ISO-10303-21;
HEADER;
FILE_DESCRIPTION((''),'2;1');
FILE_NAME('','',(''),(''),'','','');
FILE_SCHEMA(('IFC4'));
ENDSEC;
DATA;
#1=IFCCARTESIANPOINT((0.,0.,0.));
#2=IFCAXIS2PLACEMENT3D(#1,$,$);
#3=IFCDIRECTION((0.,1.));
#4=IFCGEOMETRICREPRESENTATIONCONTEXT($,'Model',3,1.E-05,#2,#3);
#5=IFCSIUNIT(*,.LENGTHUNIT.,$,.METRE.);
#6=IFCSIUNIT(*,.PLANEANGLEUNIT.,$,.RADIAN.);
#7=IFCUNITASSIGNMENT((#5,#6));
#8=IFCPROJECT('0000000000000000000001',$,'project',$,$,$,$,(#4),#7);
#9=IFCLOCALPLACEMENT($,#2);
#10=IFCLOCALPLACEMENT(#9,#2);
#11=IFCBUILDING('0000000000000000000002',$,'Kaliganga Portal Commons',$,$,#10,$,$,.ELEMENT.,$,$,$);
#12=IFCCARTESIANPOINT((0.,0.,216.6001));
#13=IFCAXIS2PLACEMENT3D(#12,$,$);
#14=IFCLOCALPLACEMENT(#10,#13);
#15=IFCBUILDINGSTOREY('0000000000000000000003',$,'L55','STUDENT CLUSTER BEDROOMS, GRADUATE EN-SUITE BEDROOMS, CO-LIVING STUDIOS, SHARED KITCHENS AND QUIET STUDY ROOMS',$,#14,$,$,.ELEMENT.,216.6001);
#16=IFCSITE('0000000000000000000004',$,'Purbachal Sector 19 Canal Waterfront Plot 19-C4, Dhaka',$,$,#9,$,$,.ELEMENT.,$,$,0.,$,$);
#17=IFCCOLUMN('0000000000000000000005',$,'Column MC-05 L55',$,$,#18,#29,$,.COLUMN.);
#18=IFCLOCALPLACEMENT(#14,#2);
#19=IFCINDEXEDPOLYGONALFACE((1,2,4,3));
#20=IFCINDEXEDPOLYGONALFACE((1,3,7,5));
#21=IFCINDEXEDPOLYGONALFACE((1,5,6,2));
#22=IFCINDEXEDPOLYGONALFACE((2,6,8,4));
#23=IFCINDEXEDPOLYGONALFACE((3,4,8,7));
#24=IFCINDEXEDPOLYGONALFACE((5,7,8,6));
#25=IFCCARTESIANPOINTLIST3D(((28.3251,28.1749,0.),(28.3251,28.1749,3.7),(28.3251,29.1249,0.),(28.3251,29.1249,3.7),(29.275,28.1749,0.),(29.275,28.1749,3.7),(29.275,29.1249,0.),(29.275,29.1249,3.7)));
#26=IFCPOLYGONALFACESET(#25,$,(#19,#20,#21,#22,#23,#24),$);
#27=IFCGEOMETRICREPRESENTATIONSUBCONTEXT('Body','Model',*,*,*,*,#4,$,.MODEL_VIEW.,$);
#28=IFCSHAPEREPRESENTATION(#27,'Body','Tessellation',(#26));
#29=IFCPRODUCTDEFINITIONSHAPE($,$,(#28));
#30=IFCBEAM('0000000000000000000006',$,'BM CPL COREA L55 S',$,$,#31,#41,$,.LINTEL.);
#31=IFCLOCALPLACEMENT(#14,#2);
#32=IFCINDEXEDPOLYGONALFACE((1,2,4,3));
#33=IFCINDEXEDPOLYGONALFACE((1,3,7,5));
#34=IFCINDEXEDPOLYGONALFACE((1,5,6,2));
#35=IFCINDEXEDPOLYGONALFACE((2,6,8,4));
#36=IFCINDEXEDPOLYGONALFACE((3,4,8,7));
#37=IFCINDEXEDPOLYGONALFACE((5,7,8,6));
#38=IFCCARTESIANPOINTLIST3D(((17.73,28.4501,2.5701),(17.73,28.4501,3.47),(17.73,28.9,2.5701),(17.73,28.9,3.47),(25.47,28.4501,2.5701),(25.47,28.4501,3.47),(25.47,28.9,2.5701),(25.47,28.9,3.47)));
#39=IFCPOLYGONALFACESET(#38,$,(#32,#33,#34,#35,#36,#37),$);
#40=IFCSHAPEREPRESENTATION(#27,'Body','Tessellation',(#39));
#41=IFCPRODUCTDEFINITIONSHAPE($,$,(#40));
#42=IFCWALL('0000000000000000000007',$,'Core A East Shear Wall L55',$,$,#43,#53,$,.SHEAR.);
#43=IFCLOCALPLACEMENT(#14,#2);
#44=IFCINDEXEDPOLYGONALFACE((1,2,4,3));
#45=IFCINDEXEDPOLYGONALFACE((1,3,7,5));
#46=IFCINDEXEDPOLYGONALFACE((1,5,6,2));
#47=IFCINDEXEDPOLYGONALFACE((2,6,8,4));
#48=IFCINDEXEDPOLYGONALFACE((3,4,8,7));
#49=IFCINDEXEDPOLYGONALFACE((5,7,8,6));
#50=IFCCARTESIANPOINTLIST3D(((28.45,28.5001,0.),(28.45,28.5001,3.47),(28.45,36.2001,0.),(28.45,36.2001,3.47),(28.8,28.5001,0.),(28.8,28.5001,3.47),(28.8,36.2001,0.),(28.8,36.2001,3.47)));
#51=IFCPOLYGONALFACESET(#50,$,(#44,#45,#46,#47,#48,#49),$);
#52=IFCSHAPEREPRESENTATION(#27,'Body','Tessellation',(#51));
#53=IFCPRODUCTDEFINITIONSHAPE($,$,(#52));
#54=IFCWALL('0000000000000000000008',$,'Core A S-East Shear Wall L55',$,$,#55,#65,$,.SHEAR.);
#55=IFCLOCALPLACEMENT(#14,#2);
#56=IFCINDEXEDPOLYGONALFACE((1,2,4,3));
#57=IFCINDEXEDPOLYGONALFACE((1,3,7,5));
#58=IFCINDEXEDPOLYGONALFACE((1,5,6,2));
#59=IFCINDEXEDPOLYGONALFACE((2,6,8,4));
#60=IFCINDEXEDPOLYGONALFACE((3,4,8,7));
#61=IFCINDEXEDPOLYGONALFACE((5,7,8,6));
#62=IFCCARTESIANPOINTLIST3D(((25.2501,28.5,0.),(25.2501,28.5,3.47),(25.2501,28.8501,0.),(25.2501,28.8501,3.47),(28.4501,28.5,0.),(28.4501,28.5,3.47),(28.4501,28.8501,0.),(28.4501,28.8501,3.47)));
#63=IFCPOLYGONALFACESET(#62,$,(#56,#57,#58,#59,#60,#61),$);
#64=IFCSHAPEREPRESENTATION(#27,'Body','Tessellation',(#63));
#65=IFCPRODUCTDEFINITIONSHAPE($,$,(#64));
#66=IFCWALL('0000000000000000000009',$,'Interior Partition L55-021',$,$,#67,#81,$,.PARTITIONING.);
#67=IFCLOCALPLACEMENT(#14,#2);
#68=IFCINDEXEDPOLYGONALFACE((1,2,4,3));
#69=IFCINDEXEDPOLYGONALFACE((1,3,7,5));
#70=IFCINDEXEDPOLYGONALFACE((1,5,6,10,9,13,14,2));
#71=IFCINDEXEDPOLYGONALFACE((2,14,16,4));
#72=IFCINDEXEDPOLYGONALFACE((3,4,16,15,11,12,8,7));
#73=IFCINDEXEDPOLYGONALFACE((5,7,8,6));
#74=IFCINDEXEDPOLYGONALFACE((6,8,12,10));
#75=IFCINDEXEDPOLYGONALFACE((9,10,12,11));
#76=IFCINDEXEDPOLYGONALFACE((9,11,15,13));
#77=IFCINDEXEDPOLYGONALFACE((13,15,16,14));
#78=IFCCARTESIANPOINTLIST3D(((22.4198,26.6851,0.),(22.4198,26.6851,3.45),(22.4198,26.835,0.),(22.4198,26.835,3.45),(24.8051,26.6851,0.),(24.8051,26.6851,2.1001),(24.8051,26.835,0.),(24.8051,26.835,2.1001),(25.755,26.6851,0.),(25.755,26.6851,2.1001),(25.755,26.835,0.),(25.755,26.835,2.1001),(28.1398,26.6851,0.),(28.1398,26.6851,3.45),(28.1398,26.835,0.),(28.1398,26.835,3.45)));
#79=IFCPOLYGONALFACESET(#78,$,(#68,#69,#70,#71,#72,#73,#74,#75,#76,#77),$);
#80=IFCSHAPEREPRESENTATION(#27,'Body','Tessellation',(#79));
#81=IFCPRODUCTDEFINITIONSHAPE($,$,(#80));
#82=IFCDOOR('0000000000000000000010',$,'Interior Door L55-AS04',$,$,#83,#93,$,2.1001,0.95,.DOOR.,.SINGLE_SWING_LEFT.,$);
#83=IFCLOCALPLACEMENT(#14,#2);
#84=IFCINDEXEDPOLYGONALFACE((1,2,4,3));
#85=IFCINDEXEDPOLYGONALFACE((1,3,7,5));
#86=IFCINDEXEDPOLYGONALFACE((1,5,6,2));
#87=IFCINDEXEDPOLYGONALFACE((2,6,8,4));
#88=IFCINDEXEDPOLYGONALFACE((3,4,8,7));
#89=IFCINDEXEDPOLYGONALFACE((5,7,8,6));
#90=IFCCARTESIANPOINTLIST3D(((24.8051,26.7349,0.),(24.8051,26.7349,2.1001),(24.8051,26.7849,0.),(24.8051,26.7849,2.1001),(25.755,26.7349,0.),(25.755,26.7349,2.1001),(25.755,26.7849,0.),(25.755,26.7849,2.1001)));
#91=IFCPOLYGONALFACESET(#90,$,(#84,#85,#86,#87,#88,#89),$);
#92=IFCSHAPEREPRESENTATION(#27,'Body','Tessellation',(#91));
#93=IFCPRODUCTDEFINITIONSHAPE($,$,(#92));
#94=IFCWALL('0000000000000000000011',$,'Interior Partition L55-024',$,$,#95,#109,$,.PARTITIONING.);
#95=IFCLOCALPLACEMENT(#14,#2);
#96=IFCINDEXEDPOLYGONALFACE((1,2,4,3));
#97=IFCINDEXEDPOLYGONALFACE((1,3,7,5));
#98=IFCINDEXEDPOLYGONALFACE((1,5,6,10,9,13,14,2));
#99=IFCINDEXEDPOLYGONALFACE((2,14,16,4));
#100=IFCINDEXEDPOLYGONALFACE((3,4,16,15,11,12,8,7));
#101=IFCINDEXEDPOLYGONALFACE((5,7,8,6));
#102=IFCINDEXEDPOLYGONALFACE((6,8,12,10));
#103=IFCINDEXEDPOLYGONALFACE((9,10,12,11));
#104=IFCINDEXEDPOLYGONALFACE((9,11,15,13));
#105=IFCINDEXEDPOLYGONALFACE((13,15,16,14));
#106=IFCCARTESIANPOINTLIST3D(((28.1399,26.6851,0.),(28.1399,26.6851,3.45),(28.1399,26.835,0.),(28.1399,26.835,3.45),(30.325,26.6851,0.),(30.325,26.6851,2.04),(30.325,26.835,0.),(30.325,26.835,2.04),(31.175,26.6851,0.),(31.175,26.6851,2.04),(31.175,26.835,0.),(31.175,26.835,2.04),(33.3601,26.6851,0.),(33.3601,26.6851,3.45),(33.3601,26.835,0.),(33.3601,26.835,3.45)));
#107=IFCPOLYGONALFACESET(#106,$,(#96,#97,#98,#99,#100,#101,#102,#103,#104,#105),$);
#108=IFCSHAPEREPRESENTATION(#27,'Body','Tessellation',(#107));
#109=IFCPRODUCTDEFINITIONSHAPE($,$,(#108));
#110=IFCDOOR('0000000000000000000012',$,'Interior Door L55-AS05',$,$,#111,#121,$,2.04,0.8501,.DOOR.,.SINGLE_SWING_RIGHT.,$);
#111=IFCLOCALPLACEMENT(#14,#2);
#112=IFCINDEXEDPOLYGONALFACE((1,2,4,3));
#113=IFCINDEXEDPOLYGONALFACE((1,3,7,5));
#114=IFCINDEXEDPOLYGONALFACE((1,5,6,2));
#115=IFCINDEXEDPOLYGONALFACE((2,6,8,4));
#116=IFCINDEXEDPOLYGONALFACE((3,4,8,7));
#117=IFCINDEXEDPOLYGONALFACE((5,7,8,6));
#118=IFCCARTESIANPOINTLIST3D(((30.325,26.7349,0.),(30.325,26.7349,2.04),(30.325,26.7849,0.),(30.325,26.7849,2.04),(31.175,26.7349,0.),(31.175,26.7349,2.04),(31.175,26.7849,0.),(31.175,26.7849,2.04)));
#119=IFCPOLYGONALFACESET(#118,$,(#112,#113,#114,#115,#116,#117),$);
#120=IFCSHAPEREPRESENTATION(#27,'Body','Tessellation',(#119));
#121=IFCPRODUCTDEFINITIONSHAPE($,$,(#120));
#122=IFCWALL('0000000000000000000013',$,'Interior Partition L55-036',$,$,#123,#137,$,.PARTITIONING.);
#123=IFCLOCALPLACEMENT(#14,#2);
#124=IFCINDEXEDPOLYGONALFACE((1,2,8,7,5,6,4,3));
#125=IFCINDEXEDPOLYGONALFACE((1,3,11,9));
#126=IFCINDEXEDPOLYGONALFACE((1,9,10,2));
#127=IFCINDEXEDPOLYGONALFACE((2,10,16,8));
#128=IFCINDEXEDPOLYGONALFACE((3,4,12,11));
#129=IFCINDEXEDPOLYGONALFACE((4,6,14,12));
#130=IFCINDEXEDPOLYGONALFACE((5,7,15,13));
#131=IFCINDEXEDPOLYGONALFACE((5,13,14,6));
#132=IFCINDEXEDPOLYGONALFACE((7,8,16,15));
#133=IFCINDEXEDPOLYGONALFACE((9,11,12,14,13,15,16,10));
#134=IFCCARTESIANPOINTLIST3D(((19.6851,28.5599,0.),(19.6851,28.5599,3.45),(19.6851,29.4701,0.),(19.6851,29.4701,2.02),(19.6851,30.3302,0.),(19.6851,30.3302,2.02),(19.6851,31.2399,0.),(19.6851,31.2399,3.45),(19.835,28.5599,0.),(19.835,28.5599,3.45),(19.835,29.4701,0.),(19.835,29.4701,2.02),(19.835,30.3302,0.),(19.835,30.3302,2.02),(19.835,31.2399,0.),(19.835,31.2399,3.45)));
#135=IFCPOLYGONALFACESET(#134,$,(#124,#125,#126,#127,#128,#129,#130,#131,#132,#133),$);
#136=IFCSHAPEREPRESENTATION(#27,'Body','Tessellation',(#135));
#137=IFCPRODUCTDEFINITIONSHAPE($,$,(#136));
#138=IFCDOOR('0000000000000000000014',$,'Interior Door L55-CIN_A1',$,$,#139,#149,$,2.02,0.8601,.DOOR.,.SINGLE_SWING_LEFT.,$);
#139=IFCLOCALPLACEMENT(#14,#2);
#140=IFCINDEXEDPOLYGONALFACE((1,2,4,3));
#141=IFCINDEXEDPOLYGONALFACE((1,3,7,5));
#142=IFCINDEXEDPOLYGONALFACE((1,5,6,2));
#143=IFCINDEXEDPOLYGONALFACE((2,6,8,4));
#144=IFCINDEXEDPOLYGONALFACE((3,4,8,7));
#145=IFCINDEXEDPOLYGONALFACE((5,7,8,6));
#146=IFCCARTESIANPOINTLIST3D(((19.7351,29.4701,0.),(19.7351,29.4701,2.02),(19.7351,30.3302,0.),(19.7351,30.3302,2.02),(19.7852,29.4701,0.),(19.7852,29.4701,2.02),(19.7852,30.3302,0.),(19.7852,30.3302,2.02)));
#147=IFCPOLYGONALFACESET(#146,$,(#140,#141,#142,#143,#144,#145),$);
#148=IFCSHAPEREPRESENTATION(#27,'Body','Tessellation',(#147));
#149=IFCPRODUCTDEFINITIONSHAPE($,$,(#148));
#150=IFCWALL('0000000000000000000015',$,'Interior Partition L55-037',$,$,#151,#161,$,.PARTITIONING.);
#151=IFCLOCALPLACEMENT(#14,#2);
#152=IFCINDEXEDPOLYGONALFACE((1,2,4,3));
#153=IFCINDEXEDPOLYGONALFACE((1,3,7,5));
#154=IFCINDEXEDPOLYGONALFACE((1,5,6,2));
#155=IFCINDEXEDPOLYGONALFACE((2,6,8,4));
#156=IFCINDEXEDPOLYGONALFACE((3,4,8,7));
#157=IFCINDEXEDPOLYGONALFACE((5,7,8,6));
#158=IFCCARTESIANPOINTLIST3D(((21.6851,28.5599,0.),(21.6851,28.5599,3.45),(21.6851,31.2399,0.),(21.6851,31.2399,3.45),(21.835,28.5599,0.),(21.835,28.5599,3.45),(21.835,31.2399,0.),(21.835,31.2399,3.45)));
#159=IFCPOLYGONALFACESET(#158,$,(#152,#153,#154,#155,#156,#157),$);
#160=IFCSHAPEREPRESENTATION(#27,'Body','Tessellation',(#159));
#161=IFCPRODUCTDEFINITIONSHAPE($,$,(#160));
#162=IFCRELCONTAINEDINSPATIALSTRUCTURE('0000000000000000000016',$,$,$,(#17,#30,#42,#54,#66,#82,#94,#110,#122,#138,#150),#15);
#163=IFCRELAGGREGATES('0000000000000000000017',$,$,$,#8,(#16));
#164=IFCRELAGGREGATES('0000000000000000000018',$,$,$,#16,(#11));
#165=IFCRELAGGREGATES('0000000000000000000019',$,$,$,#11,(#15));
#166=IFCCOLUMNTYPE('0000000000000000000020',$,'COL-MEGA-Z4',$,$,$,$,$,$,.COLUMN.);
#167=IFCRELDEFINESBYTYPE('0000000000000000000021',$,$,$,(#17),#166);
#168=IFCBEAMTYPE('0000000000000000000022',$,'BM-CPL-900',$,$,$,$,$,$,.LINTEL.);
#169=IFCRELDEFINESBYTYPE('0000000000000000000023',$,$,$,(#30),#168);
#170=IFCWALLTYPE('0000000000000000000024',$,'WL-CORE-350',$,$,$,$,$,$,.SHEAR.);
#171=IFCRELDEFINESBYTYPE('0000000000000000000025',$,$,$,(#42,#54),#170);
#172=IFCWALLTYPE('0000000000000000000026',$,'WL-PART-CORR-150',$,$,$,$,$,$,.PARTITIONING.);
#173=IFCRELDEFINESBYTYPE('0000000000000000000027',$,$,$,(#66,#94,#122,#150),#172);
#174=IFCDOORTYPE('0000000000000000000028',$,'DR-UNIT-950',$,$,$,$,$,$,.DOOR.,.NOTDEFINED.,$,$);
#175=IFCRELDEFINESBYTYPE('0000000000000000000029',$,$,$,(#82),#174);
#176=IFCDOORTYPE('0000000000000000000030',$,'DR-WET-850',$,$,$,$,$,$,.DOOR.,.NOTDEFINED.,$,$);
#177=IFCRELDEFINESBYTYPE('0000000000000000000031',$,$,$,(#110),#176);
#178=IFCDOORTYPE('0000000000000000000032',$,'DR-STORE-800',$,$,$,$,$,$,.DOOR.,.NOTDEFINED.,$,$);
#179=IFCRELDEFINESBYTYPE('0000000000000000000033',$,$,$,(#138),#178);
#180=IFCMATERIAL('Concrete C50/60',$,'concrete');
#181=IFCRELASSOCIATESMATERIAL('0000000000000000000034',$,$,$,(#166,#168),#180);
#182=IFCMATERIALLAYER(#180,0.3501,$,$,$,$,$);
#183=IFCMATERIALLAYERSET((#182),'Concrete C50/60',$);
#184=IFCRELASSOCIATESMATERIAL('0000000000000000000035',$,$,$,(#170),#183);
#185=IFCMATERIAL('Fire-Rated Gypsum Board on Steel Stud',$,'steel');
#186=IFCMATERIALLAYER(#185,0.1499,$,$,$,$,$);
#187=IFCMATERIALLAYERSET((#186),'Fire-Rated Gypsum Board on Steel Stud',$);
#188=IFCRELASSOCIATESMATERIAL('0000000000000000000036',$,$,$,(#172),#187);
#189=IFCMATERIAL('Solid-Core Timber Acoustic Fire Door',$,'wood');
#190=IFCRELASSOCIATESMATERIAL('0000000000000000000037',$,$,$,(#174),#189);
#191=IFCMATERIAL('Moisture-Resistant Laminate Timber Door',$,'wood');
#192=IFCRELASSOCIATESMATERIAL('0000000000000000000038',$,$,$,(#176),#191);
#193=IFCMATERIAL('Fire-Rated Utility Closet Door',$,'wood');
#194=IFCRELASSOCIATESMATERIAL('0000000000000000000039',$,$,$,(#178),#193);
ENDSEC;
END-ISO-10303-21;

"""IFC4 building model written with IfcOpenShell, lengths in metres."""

from ifc_helpers import new_model, si_unit, direction, frame, frame_2d, origin, origin_2d, place, context, subcontext, project, spatial, rectangle, extrude, source, transform, mapped, material, layer, layer_set, material_profile, profile_set, type_object, element, fill, save


model = new_model("IFC4")

# Units and contexts
model_context = context("Model", 3, precision=1e-05, world=origin(), true_north=direction((0.0, 1.0)))
body_context = subcontext(model_context, "Body", "Model", "MODEL_VIEW")
ifc_project = project(units=[si_unit("LENGTHUNIT", "METRE"), si_unit("PLANEANGLEUNIT", "RADIAN")], contexts=[model_context])

# Site, building, storey
site_placement = place(None, origin())
site = spatial("IfcSite", under=ifc_project, at=site_placement, Name="Purbachal Sector 19 Canal Waterfront Plot 19-C4, Dhaka", CompositionType="ELEMENT", RefElevation=0.0)
building_placement = place(site_placement, origin())
building = spatial("IfcBuilding", under=site, at=building_placement, Name="Kaliganga Portal Commons", CompositionType="ELEMENT")
storey_placement = place(building_placement, frame((0.0, 0.0, 216.6001)))
storey = spatial("IfcBuildingStorey", under=building, at=storey_placement, Name="L55", Description="STUDENT CLUSTER BEDROOMS, GRADUATE EN-SUITE BEDROOMS, CO-LIVING STUDIOS, SHARED KITCHENS AND QUIET STUDY ROOMS", CompositionType="ELEMENT", Elevation=216.6001)

# Column
ifc_material_1 = material(Name="Concrete C50/60", Category="concrete")
ifc_material_profile_1 = material_profile(ifc_material_1, rectangle(XDim=0.95, YDim=0.95, at=origin_2d()), Name="RC 950x950")
ifc_profile_set_1 = profile_set([ifc_material_profile_1], Name="Concrete C50/60")
column_type = type_object("IfcColumnType", Name="COL-MEGA-Z4", PredefinedType="COLUMN", material=ifc_profile_set_1)
shared_shape_1 = source(origin(), body_context, "Body", "SweptSolid", [
    extrude(rectangle(XDim=0.95, YDim=0.95, at=origin_2d()), origin(), (0.0, 0.0, 1.0), 3.7),
])
column_placement = place(storey_placement, frame((28.8, 28.6499, 0.0), z_axis=(0.0, 0.0, 1.0), x_axis=(1.0, 0.0, 0.0)))
element("IfcColumn", 1, at=column_placement, inside=storey, type_object=column_type, Name="Column MC-05 L55", PredefinedType="COLUMN", context=body_context, shape_type="MappedRepresentation", body=[
    mapped(shared_shape_1, transform((0.0, 0.0, 0.0), x_axis=(1.0, 0.0, 0.0), y_axis=(0.0, 1.0, 0.0), z_axis=(0.0, 0.0, 1.0), scale=1.0)),
])

# Beam
ifc_material_profile_2 = material_profile(ifc_material_1, rectangle(XDim=0.45, YDim=0.8999, at=origin_2d()), Name="RC 450x900")
ifc_profile_set_2 = profile_set([ifc_material_profile_2], Name="Concrete C50/60")
beam_type = type_object("IfcBeamType", Name="BM-CPL-900", PredefinedType="LINTEL", material=ifc_profile_set_2)
shared_shape_2 = source(origin(), body_context, "Body", "SweptSolid", [
    extrude(rectangle(XDim=0.45, YDim=0.8999, at=origin_2d()), origin(), (0.0, 0.0, 1.0), 7.74),
])
beam_placement = place(storey_placement, frame((17.73, 28.675, 3.02), z_axis=(1.0, 0.0, 0.0), x_axis=(0.0, 1.0, 0.0)))
element("IfcBeam", 2, at=beam_placement, inside=storey, type_object=beam_type, Name="BM CPL COREA L55 S", PredefinedType="LINTEL", context=body_context, shape_type="MappedRepresentation", body=[
    mapped(shared_shape_2, transform((0.0, 0.0, 0.0), x_axis=(1.0, 0.0, 0.0), y_axis=(0.0, 1.0, 0.0), z_axis=(0.0, 0.0, 1.0), scale=1.0)),
])

# Walls
ifc_layer_1 = layer(ifc_material_1, 0.3501)
ifc_layer_set_1 = layer_set([ifc_layer_1], Name="Concrete C50/60")
wall_type_1 = type_object("IfcWallType", Name="WL-CORE-350", PredefinedType="SHEAR", material=ifc_layer_set_1)
wall_1_placement = place(storey_placement, frame((28.625, 28.5, 0.0), z_axis=(0.0, 0.0, 1.0), x_axis=(0.0, 1.0, 0.0)))
element("IfcWall", 3, at=wall_1_placement, inside=storey, type_object=wall_type_1, Name="Core A East Shear Wall L55", PredefinedType="SHEAR", context=body_context, shape_type="SweptSolid", body=[
    extrude(rectangle(XDim=7.7, YDim=0.3501, at=frame_2d((3.8501, 0.0))), origin(), (0.0, 0.0, 1.0), 3.47),
])
wall_2_placement = place(storey_placement, frame((25.25, 28.675, 0.0), z_axis=(0.0, 0.0, 1.0), x_axis=(1.0, 0.0, 0.0)))
element("IfcWall", 4, at=wall_2_placement, inside=storey, type_object=wall_type_1, Name="Core A S-East Shear Wall L55", PredefinedType="SHEAR", context=body_context, shape_type="SweptSolid", body=[
    extrude(rectangle(XDim=3.2, YDim=0.3501, at=frame_2d((1.6001, 0.0))), origin(), (0.0, 0.0, 1.0), 3.47),
])

# Walls, openings, doors
ifc_material_2 = material(Name="Fire-Rated Gypsum Board on Steel Stud", Category="steel")
ifc_layer_2 = layer(ifc_material_2, 0.1499)
ifc_layer_set_2 = layer_set([ifc_layer_2], Name="Fire-Rated Gypsum Board on Steel Stud")
wall_type_2 = type_object("IfcWallType", Name="WL-PART-CORR-150", PredefinedType="PARTITIONING", material=ifc_layer_set_2)
wall_3_placement = place(storey_placement, frame((22.4199, 26.76, 0.0), z_axis=(0.0, 0.0, 1.0), x_axis=(1.0, 0.0, 0.0)))
wall_3 = element("IfcWall", 5, at=wall_3_placement, inside=storey, type_object=wall_type_2, Name="Interior Partition L55-021", PredefinedType="PARTITIONING", context=body_context, shape_type="SweptSolid", body=[
    extrude(rectangle(XDim=5.72, YDim=0.1499, at=frame_2d((2.8599, 0.0))), origin(), (0.0, 0.0, 1.0), 3.45),
])
opening_1_placement = place(wall_3_placement, frame((2.385, 0.0, 0.0)))
opening_1 = element("IfcOpeningElement", 6, at=opening_1_placement, cuts=wall_3, PredefinedType="OPENING", context=body_context, shape_type="SweptSolid", body=[
    extrude(rectangle(XDim=0.95, YDim=2.1001, at=frame_2d((0.4751, 1.05))), frame((0.0, 0.085, 0.0), z_axis=(0.0, -1.0, 0.0), x_axis=(1.0, 0.0, 0.0)), (0.0, 0.0, 1.0), 0.1699),
])
ifc_material_3 = material(Name="Solid-Core Timber Acoustic Fire Door", Category="wood")
door_type_1 = type_object("IfcDoorType", Name="DR-UNIT-950", OperationType="NOTDEFINED", PredefinedType="DOOR", material=ifc_material_3)
door_1_placement = place(opening_1_placement, origin())
door_1 = element("IfcDoor", 7, at=door_1_placement, inside=storey, type_object=door_type_1, Name="Interior Door L55-AS04", OperationType="SINGLE_SWING_LEFT", OverallHeight=2.1001, OverallWidth=0.95, PredefinedType="DOOR", context=body_context, shape_type="SweptSolid", body=[
    extrude(rectangle(XDim=0.95, YDim=2.1001, at=frame_2d((0.4751, 1.05))), frame((0.0, 0.0249, 0.0), z_axis=(0.0, -1.0, 0.0), x_axis=(1.0, 0.0, 0.0)), (0.0, 0.0, 1.0), 0.05),
])
fill(opening_1, door_1)
wall_4_placement = place(storey_placement, frame((28.1399, 26.76, 0.0), z_axis=(0.0, 0.0, 1.0), x_axis=(1.0, 0.0, 0.0)))
wall_4 = element("IfcWall", 8, at=wall_4_placement, inside=storey, type_object=wall_type_2, Name="Interior Partition L55-024", PredefinedType="PARTITIONING", context=body_context, shape_type="SweptSolid", body=[
    extrude(rectangle(XDim=5.2202, YDim=0.1499, at=frame_2d((2.6101, 0.0))), origin(), (0.0, 0.0, 1.0), 3.45),
])
opening_2_placement = place(wall_4_placement, frame((2.1851, 0.0, 0.0)))
opening_2 = element("IfcOpeningElement", 9, at=opening_2_placement, cuts=wall_4, PredefinedType="OPENING", context=body_context, shape_type="SweptSolid", body=[
    extrude(rectangle(XDim=0.8501, YDim=2.04, at=frame_2d((0.425, 1.02))), frame((0.0, 0.085, 0.0), z_axis=(0.0, -1.0, 0.0), x_axis=(1.0, 0.0, 0.0)), (0.0, 0.0, 1.0), 0.1699),
])
ifc_material_4 = material(Name="Moisture-Resistant Laminate Timber Door", Category="wood")
door_type_2 = type_object("IfcDoorType", Name="DR-WET-850", OperationType="NOTDEFINED", PredefinedType="DOOR", material=ifc_material_4)
door_2_placement = place(opening_2_placement, origin())
door_2 = element("IfcDoor", 10, at=door_2_placement, inside=storey, type_object=door_type_2, Name="Interior Door L55-AS05", OperationType="SINGLE_SWING_RIGHT", OverallHeight=2.04, OverallWidth=0.8501, PredefinedType="DOOR", context=body_context, shape_type="SweptSolid", body=[
    extrude(rectangle(XDim=0.8501, YDim=2.04, at=frame_2d((0.425, 1.02))), frame((0.0, 0.0249, 0.0), z_axis=(0.0, -1.0, 0.0), x_axis=(1.0, 0.0, 0.0)), (0.0, 0.0, 1.0), 0.05),
])
fill(opening_2, door_2)
wall_5_placement = place(storey_placement, frame((19.76, 28.5601, 0.0), z_axis=(0.0, 0.0, 1.0), x_axis=(0.0, 1.0, 0.0)))
wall_5 = element("IfcWall", 11, at=wall_5_placement, inside=storey, type_object=wall_type_2, Name="Interior Partition L55-036", PredefinedType="PARTITIONING", context=body_context, shape_type="SweptSolid", body=[
    extrude(rectangle(XDim=2.6799, YDim=0.1499, at=frame_2d((1.3398, 0.0))), origin(), (0.0, 0.0, 1.0), 3.45),
])
opening_3_placement = place(wall_5_placement, frame((0.9099, 0.0, 0.0)))
opening_3 = element("IfcOpeningElement", 12, at=opening_3_placement, cuts=wall_5, PredefinedType="OPENING", context=body_context, shape_type="SweptSolid", body=[
    extrude(rectangle(XDim=0.8601, YDim=2.02, at=frame_2d((0.4302, 1.01))), frame((0.0, 0.085, 0.0), z_axis=(0.0, -1.0, 0.0), x_axis=(1.0, 0.0, 0.0)), (0.0, 0.0, 1.0), 0.1699),
])
ifc_material_5 = material(Name="Fire-Rated Utility Closet Door", Category="wood")
door_type_3 = type_object("IfcDoorType", Name="DR-STORE-800", OperationType="NOTDEFINED", PredefinedType="DOOR", material=ifc_material_5)
door_3_placement = place(opening_3_placement, origin())
door_3 = element("IfcDoor", 13, at=door_3_placement, inside=storey, type_object=door_type_3, Name="Interior Door L55-CIN_A1", OperationType="SINGLE_SWING_LEFT", OverallHeight=2.02, OverallWidth=0.8601, PredefinedType="DOOR", context=body_context, shape_type="SweptSolid", body=[
    extrude(rectangle(XDim=0.8601, YDim=2.02, at=frame_2d((0.4302, 1.01))), frame((0.0, 0.0249, 0.0), z_axis=(0.0, -1.0, 0.0), x_axis=(1.0, 0.0, 0.0)), (0.0, 0.0, 1.0), 0.05),
])
fill(opening_3, door_3)

# Wall
wall_6_placement = place(storey_placement, frame((21.76, 28.5601, 0.0), z_axis=(0.0, 0.0, 1.0), x_axis=(0.0, 1.0, 0.0)))
element("IfcWall", 14, at=wall_6_placement, inside=storey, type_object=wall_type_2, Name="Interior Partition L55-037", PredefinedType="PARTITIONING", context=body_context, shape_type="SweptSolid", body=[
    extrude(rectangle(XDim=2.6799, YDim=0.1499, at=frame_2d((1.3398, 0.0))), origin(), (0.0, 0.0, 1.0), 3.45),
])

save(model, "model.ifc")
